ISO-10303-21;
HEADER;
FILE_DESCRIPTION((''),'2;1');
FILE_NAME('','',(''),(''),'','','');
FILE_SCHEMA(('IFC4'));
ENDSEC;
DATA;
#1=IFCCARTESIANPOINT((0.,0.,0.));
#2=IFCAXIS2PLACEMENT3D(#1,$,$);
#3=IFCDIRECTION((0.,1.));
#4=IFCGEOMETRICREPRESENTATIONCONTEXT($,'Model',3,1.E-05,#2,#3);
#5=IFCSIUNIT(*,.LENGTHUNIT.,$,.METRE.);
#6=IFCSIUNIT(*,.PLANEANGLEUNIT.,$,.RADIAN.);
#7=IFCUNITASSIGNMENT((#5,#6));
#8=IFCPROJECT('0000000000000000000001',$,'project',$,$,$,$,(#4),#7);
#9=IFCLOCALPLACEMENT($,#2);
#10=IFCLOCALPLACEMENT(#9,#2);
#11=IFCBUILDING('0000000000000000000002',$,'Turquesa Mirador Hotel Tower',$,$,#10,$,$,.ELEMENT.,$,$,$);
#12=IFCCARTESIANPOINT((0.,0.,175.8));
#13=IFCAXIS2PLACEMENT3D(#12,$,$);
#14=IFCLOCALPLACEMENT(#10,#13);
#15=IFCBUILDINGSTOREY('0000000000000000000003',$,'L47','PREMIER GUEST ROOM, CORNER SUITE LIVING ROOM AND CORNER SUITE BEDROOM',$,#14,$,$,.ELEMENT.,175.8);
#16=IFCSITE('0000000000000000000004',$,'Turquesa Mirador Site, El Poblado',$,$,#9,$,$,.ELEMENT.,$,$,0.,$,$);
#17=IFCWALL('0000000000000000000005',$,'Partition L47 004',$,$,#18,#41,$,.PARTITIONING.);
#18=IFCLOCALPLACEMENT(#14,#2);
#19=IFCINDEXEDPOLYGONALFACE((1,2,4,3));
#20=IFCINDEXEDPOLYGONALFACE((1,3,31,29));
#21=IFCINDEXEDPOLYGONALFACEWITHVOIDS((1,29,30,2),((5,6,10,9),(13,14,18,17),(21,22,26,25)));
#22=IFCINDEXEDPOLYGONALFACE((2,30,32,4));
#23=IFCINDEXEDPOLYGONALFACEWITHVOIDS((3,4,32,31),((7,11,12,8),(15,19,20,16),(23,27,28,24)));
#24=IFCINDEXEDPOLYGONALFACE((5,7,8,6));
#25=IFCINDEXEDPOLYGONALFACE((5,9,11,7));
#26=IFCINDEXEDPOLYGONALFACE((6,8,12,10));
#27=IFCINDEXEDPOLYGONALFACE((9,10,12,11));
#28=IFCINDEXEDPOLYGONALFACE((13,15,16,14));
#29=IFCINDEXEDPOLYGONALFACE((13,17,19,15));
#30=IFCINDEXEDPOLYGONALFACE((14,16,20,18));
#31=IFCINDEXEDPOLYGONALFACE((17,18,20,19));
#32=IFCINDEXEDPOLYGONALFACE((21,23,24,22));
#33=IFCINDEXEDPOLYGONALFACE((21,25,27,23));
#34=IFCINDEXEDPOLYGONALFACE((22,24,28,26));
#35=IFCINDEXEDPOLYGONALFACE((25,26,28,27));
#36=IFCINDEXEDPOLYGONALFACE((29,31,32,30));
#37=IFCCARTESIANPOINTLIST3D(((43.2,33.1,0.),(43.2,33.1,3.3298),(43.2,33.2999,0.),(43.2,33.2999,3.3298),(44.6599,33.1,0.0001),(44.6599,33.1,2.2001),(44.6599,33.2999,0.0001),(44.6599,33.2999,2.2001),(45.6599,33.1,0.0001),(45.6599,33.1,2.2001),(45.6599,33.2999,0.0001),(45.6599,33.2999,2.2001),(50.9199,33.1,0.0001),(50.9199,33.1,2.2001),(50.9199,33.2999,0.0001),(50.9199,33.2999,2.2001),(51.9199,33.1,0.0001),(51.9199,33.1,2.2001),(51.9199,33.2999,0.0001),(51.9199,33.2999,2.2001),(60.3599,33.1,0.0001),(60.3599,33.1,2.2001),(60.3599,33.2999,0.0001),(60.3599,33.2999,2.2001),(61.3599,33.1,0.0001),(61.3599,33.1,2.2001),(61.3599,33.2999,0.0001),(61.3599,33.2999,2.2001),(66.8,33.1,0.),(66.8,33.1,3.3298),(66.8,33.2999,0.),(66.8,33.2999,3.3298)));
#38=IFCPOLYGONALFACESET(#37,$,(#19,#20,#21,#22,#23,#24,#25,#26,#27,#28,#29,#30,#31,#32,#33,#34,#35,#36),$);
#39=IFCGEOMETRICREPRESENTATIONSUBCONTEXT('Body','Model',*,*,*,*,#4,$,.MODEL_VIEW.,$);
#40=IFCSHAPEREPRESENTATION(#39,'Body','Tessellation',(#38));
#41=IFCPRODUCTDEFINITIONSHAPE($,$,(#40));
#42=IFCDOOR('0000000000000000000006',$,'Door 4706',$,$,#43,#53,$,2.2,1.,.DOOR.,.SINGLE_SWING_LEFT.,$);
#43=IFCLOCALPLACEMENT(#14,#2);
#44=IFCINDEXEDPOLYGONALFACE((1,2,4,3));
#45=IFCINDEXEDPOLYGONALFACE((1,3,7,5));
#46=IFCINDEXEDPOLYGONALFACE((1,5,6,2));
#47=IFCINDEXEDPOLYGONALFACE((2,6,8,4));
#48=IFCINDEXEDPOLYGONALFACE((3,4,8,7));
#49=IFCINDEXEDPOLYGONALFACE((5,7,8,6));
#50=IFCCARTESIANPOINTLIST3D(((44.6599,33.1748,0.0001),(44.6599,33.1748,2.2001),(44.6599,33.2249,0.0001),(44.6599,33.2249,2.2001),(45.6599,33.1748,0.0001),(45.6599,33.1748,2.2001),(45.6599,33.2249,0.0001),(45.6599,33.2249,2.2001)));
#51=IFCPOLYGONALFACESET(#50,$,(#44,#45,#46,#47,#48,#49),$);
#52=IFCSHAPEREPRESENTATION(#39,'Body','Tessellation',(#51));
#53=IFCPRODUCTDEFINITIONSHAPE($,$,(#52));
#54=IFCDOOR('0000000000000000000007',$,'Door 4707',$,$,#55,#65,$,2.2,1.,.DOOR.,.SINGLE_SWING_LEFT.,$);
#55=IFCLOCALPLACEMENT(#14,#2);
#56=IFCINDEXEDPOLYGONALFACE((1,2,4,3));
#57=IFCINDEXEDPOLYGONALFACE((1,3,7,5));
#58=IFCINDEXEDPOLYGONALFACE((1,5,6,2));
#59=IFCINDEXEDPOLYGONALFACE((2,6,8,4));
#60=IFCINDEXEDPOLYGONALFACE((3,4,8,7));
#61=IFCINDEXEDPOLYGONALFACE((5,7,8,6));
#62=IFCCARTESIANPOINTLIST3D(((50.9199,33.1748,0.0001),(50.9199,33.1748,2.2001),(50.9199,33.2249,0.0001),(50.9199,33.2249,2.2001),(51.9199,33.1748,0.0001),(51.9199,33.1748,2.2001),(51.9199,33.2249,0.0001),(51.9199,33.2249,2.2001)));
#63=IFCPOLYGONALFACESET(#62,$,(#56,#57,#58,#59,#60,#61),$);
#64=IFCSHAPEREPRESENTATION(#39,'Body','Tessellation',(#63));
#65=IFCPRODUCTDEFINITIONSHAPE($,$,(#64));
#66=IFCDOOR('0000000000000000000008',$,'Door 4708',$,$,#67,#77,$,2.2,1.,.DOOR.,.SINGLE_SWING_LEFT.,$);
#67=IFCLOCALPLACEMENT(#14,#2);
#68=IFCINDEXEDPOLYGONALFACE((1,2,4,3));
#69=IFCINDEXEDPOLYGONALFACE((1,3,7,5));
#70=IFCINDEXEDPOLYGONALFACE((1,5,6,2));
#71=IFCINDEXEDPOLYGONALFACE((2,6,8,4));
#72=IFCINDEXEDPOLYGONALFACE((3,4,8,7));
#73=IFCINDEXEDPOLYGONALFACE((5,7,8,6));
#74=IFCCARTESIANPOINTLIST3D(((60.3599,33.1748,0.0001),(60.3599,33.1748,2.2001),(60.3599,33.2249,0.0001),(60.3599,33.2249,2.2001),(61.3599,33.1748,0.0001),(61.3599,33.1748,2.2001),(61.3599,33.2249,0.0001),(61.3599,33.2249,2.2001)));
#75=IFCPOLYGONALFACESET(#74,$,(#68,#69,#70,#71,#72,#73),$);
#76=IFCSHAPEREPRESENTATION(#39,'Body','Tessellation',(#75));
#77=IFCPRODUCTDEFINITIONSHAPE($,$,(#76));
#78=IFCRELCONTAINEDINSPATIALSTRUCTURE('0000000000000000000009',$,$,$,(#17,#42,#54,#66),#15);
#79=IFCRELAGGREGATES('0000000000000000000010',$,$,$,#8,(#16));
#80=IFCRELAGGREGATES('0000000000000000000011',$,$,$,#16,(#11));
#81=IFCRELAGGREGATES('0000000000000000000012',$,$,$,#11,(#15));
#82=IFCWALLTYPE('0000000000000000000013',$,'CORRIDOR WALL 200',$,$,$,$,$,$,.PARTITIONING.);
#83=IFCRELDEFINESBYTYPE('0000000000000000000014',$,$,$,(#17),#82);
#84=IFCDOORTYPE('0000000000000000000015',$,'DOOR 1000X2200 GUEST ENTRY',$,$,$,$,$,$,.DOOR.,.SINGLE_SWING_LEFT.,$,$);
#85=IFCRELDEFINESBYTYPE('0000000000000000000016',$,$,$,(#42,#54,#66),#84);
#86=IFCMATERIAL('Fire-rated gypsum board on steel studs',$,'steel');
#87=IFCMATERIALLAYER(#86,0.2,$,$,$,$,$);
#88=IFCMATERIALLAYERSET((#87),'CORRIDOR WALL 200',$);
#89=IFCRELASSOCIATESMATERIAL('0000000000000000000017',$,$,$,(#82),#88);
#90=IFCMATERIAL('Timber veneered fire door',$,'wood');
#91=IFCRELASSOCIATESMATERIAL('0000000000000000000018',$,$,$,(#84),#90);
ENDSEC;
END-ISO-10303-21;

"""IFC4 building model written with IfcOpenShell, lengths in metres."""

from ifc_helpers import new_model, si_unit, direction, frame, frame_2d, origin, place, context, subcontext, project, spatial, rectangle, extrude, material, layer, layer_set, type_object, element, fill, save


model = new_model("IFC4")

# Units and contexts
model_context = context("Model", 3, precision=1e-05, world=origin(), true_north=direction((0.0, 1.0)))
body_context = subcontext(model_context, "Body", "Model", "MODEL_VIEW")
ifc_project = project(units=[si_unit("LENGTHUNIT", "METRE"), si_unit("PLANEANGLEUNIT", "RADIAN")], contexts=[model_context])

# Site, building, storey
site_placement = place(None, origin())
site = spatial("IfcSite", under=ifc_project, at=site_placement, Name="Turquesa Mirador Site, El Poblado", CompositionType="ELEMENT", RefElevation=0.0)
building_placement = place(site_placement, origin())
building = spatial("IfcBuilding", under=site, at=building_placement, Name="Turquesa Mirador Hotel Tower", CompositionType="ELEMENT")
storey_placement = place(building_placement, frame((0.0, 0.0, 175.8)))
storey = spatial("IfcBuildingStorey", under=building, at=storey_placement, Name="L47", Description="PREMIER GUEST ROOM, CORNER SUITE LIVING ROOM AND CORNER SUITE BEDROOM", CompositionType="ELEMENT", Elevation=175.8)

# Wall, openings, doors
ifc_material_1 = material(Name="Fire-rated gypsum board on steel studs", Category="steel")
ifc_layer_1 = layer(ifc_material_1, 0.2)
ifc_layer_set_1 = layer_set([ifc_layer_1], Name="CORRIDOR WALL 200")
wall_type_1 = type_object("IfcWallType", Name="CORRIDOR WALL 200", PredefinedType="PARTITIONING", material=ifc_layer_set_1)
wall_1_placement = place(storey_placement, frame((43.2, 33.2, 0.0), z_axis=(0.0, 0.0, 1.0), x_axis=(1.0, 0.0, 0.0)))
wall_1 = element("IfcWall", 1, at=wall_1_placement, inside=storey, type_object=wall_type_1, Name="Partition L47 004", PredefinedType="PARTITIONING", context=body_context, shape_type="SweptSolid", body=[
    extrude(rectangle(XDim=23.6001, YDim=0.2, at=frame_2d((11.8, 0.0))), origin(), (0.0, 0.0, 1.0), 3.3298),
])
opening_1_placement = place(wall_1_placement, frame((1.46, 0.0, 0.0)))
opening_1 = element("IfcOpeningElement", 2, at=opening_1_placement, cuts=wall_1, PredefinedType="OPENING", context=body_context, shape_type="SweptSolid", body=[
    extrude(rectangle(XDim=1.0, YDim=2.2, at=frame_2d((0.5, 1.1001))), frame((0.0, 0.1099, 0.0), z_axis=(0.0, -1.0, 0.0), x_axis=(1.0, 0.0, 0.0)), (0.0, 0.0, 1.0), 0.22),
])
opening_2_placement = place(wall_1_placement, frame((7.72, 0.0, 0.0)))
opening_2 = element("IfcOpeningElement", 3, at=opening_2_placement, cuts=wall_1, PredefinedType="OPENING", context=body_context, shape_type="SweptSolid", body=[
    extrude(rectangle(XDim=1.0, YDim=2.2, at=frame_2d((0.5, 1.1001))), frame((0.0, 0.1099, 0.0), z_axis=(0.0, -1.0, 0.0), x_axis=(1.0, 0.0, 0.0)), (0.0, 0.0, 1.0), 0.22),
])
opening_3_placement = place(wall_1_placement, frame((17.1599, 0.0, 0.0)))
opening_3 = element("IfcOpeningElement", 4, at=opening_3_placement, cuts=wall_1, PredefinedType="OPENING", context=body_context, shape_type="SweptSolid", body=[
    extrude(rectangle(XDim=1.0, YDim=2.2, at=frame_2d((0.5, 1.1001))), frame((0.0, 0.1099, 0.0), z_axis=(0.0, -1.0, 0.0), x_axis=(1.0, 0.0, 0.0)), (0.0, 0.0, 1.0), 0.22),
])
ifc_material_2 = material(Name="Timber veneered fire door", Category="wood")
door_type_1 = type_object("IfcDoorType", Name="DOOR 1000X2200 GUEST ENTRY", OperationType="SINGLE_SWING_LEFT", PredefinedType="DOOR", material=ifc_material_2)
door_1_placement = place(opening_1_placement, origin())
door_1 = element("IfcDoor", 5, at=door_1_placement, inside=storey, type_object=door_type_1, Name="Door 4706", OperationType="SINGLE_SWING_LEFT", OverallHeight=2.2, OverallWidth=1.0, PredefinedType="DOOR", context=body_context, shape_type="SweptSolid", body=[
    extrude(rectangle(XDim=1.0, YDim=2.2, at=frame_2d((0.5, 1.1001))), frame((0.0, 0.0249, 0.0), z_axis=(0.0, -1.0, 0.0), x_axis=(1.0, 0.0, 0.0)), (0.0, 0.0, 1.0), 0.05),
])
fill(opening_1, door_1)
door_2_placement = place(opening_2_placement, origin())
door_2 = element("IfcDoor", 6, at=door_2_placement, inside=storey, type_object=door_type_1, Name="Door 4707", OperationType="SINGLE_SWING_LEFT", OverallHeight=2.2, OverallWidth=1.0, PredefinedType="DOOR", context=body_context, shape_type="SweptSolid", body=[
    extrude(rectangle(XDim=1.0, YDim=2.2, at=frame_2d((0.5, 1.1001))), frame((0.0, 0.0249, 0.0), z_axis=(0.0, -1.0, 0.0), x_axis=(1.0, 0.0, 0.0)), (0.0, 0.0, 1.0), 0.05),
])
fill(opening_2, door_2)
door_3_placement = place(opening_3_placement, origin())
door_3 = element("IfcDoor", 7, at=door_3_placement, inside=storey, type_object=door_type_1, Name="Door 4708", OperationType="SINGLE_SWING_LEFT", OverallHeight=2.2, OverallWidth=1.0, PredefinedType="DOOR", context=body_context, shape_type="SweptSolid", body=[
    extrude(rectangle(XDim=1.0, YDim=2.2, at=frame_2d((0.5, 1.1001))), frame((0.0, 0.0249, 0.0), z_axis=(0.0, -1.0, 0.0), x_axis=(1.0, 0.0, 0.0)), (0.0, 0.0, 1.0), 0.05),
])
fill(opening_3, door_3)

save(model, "model.ifc")
